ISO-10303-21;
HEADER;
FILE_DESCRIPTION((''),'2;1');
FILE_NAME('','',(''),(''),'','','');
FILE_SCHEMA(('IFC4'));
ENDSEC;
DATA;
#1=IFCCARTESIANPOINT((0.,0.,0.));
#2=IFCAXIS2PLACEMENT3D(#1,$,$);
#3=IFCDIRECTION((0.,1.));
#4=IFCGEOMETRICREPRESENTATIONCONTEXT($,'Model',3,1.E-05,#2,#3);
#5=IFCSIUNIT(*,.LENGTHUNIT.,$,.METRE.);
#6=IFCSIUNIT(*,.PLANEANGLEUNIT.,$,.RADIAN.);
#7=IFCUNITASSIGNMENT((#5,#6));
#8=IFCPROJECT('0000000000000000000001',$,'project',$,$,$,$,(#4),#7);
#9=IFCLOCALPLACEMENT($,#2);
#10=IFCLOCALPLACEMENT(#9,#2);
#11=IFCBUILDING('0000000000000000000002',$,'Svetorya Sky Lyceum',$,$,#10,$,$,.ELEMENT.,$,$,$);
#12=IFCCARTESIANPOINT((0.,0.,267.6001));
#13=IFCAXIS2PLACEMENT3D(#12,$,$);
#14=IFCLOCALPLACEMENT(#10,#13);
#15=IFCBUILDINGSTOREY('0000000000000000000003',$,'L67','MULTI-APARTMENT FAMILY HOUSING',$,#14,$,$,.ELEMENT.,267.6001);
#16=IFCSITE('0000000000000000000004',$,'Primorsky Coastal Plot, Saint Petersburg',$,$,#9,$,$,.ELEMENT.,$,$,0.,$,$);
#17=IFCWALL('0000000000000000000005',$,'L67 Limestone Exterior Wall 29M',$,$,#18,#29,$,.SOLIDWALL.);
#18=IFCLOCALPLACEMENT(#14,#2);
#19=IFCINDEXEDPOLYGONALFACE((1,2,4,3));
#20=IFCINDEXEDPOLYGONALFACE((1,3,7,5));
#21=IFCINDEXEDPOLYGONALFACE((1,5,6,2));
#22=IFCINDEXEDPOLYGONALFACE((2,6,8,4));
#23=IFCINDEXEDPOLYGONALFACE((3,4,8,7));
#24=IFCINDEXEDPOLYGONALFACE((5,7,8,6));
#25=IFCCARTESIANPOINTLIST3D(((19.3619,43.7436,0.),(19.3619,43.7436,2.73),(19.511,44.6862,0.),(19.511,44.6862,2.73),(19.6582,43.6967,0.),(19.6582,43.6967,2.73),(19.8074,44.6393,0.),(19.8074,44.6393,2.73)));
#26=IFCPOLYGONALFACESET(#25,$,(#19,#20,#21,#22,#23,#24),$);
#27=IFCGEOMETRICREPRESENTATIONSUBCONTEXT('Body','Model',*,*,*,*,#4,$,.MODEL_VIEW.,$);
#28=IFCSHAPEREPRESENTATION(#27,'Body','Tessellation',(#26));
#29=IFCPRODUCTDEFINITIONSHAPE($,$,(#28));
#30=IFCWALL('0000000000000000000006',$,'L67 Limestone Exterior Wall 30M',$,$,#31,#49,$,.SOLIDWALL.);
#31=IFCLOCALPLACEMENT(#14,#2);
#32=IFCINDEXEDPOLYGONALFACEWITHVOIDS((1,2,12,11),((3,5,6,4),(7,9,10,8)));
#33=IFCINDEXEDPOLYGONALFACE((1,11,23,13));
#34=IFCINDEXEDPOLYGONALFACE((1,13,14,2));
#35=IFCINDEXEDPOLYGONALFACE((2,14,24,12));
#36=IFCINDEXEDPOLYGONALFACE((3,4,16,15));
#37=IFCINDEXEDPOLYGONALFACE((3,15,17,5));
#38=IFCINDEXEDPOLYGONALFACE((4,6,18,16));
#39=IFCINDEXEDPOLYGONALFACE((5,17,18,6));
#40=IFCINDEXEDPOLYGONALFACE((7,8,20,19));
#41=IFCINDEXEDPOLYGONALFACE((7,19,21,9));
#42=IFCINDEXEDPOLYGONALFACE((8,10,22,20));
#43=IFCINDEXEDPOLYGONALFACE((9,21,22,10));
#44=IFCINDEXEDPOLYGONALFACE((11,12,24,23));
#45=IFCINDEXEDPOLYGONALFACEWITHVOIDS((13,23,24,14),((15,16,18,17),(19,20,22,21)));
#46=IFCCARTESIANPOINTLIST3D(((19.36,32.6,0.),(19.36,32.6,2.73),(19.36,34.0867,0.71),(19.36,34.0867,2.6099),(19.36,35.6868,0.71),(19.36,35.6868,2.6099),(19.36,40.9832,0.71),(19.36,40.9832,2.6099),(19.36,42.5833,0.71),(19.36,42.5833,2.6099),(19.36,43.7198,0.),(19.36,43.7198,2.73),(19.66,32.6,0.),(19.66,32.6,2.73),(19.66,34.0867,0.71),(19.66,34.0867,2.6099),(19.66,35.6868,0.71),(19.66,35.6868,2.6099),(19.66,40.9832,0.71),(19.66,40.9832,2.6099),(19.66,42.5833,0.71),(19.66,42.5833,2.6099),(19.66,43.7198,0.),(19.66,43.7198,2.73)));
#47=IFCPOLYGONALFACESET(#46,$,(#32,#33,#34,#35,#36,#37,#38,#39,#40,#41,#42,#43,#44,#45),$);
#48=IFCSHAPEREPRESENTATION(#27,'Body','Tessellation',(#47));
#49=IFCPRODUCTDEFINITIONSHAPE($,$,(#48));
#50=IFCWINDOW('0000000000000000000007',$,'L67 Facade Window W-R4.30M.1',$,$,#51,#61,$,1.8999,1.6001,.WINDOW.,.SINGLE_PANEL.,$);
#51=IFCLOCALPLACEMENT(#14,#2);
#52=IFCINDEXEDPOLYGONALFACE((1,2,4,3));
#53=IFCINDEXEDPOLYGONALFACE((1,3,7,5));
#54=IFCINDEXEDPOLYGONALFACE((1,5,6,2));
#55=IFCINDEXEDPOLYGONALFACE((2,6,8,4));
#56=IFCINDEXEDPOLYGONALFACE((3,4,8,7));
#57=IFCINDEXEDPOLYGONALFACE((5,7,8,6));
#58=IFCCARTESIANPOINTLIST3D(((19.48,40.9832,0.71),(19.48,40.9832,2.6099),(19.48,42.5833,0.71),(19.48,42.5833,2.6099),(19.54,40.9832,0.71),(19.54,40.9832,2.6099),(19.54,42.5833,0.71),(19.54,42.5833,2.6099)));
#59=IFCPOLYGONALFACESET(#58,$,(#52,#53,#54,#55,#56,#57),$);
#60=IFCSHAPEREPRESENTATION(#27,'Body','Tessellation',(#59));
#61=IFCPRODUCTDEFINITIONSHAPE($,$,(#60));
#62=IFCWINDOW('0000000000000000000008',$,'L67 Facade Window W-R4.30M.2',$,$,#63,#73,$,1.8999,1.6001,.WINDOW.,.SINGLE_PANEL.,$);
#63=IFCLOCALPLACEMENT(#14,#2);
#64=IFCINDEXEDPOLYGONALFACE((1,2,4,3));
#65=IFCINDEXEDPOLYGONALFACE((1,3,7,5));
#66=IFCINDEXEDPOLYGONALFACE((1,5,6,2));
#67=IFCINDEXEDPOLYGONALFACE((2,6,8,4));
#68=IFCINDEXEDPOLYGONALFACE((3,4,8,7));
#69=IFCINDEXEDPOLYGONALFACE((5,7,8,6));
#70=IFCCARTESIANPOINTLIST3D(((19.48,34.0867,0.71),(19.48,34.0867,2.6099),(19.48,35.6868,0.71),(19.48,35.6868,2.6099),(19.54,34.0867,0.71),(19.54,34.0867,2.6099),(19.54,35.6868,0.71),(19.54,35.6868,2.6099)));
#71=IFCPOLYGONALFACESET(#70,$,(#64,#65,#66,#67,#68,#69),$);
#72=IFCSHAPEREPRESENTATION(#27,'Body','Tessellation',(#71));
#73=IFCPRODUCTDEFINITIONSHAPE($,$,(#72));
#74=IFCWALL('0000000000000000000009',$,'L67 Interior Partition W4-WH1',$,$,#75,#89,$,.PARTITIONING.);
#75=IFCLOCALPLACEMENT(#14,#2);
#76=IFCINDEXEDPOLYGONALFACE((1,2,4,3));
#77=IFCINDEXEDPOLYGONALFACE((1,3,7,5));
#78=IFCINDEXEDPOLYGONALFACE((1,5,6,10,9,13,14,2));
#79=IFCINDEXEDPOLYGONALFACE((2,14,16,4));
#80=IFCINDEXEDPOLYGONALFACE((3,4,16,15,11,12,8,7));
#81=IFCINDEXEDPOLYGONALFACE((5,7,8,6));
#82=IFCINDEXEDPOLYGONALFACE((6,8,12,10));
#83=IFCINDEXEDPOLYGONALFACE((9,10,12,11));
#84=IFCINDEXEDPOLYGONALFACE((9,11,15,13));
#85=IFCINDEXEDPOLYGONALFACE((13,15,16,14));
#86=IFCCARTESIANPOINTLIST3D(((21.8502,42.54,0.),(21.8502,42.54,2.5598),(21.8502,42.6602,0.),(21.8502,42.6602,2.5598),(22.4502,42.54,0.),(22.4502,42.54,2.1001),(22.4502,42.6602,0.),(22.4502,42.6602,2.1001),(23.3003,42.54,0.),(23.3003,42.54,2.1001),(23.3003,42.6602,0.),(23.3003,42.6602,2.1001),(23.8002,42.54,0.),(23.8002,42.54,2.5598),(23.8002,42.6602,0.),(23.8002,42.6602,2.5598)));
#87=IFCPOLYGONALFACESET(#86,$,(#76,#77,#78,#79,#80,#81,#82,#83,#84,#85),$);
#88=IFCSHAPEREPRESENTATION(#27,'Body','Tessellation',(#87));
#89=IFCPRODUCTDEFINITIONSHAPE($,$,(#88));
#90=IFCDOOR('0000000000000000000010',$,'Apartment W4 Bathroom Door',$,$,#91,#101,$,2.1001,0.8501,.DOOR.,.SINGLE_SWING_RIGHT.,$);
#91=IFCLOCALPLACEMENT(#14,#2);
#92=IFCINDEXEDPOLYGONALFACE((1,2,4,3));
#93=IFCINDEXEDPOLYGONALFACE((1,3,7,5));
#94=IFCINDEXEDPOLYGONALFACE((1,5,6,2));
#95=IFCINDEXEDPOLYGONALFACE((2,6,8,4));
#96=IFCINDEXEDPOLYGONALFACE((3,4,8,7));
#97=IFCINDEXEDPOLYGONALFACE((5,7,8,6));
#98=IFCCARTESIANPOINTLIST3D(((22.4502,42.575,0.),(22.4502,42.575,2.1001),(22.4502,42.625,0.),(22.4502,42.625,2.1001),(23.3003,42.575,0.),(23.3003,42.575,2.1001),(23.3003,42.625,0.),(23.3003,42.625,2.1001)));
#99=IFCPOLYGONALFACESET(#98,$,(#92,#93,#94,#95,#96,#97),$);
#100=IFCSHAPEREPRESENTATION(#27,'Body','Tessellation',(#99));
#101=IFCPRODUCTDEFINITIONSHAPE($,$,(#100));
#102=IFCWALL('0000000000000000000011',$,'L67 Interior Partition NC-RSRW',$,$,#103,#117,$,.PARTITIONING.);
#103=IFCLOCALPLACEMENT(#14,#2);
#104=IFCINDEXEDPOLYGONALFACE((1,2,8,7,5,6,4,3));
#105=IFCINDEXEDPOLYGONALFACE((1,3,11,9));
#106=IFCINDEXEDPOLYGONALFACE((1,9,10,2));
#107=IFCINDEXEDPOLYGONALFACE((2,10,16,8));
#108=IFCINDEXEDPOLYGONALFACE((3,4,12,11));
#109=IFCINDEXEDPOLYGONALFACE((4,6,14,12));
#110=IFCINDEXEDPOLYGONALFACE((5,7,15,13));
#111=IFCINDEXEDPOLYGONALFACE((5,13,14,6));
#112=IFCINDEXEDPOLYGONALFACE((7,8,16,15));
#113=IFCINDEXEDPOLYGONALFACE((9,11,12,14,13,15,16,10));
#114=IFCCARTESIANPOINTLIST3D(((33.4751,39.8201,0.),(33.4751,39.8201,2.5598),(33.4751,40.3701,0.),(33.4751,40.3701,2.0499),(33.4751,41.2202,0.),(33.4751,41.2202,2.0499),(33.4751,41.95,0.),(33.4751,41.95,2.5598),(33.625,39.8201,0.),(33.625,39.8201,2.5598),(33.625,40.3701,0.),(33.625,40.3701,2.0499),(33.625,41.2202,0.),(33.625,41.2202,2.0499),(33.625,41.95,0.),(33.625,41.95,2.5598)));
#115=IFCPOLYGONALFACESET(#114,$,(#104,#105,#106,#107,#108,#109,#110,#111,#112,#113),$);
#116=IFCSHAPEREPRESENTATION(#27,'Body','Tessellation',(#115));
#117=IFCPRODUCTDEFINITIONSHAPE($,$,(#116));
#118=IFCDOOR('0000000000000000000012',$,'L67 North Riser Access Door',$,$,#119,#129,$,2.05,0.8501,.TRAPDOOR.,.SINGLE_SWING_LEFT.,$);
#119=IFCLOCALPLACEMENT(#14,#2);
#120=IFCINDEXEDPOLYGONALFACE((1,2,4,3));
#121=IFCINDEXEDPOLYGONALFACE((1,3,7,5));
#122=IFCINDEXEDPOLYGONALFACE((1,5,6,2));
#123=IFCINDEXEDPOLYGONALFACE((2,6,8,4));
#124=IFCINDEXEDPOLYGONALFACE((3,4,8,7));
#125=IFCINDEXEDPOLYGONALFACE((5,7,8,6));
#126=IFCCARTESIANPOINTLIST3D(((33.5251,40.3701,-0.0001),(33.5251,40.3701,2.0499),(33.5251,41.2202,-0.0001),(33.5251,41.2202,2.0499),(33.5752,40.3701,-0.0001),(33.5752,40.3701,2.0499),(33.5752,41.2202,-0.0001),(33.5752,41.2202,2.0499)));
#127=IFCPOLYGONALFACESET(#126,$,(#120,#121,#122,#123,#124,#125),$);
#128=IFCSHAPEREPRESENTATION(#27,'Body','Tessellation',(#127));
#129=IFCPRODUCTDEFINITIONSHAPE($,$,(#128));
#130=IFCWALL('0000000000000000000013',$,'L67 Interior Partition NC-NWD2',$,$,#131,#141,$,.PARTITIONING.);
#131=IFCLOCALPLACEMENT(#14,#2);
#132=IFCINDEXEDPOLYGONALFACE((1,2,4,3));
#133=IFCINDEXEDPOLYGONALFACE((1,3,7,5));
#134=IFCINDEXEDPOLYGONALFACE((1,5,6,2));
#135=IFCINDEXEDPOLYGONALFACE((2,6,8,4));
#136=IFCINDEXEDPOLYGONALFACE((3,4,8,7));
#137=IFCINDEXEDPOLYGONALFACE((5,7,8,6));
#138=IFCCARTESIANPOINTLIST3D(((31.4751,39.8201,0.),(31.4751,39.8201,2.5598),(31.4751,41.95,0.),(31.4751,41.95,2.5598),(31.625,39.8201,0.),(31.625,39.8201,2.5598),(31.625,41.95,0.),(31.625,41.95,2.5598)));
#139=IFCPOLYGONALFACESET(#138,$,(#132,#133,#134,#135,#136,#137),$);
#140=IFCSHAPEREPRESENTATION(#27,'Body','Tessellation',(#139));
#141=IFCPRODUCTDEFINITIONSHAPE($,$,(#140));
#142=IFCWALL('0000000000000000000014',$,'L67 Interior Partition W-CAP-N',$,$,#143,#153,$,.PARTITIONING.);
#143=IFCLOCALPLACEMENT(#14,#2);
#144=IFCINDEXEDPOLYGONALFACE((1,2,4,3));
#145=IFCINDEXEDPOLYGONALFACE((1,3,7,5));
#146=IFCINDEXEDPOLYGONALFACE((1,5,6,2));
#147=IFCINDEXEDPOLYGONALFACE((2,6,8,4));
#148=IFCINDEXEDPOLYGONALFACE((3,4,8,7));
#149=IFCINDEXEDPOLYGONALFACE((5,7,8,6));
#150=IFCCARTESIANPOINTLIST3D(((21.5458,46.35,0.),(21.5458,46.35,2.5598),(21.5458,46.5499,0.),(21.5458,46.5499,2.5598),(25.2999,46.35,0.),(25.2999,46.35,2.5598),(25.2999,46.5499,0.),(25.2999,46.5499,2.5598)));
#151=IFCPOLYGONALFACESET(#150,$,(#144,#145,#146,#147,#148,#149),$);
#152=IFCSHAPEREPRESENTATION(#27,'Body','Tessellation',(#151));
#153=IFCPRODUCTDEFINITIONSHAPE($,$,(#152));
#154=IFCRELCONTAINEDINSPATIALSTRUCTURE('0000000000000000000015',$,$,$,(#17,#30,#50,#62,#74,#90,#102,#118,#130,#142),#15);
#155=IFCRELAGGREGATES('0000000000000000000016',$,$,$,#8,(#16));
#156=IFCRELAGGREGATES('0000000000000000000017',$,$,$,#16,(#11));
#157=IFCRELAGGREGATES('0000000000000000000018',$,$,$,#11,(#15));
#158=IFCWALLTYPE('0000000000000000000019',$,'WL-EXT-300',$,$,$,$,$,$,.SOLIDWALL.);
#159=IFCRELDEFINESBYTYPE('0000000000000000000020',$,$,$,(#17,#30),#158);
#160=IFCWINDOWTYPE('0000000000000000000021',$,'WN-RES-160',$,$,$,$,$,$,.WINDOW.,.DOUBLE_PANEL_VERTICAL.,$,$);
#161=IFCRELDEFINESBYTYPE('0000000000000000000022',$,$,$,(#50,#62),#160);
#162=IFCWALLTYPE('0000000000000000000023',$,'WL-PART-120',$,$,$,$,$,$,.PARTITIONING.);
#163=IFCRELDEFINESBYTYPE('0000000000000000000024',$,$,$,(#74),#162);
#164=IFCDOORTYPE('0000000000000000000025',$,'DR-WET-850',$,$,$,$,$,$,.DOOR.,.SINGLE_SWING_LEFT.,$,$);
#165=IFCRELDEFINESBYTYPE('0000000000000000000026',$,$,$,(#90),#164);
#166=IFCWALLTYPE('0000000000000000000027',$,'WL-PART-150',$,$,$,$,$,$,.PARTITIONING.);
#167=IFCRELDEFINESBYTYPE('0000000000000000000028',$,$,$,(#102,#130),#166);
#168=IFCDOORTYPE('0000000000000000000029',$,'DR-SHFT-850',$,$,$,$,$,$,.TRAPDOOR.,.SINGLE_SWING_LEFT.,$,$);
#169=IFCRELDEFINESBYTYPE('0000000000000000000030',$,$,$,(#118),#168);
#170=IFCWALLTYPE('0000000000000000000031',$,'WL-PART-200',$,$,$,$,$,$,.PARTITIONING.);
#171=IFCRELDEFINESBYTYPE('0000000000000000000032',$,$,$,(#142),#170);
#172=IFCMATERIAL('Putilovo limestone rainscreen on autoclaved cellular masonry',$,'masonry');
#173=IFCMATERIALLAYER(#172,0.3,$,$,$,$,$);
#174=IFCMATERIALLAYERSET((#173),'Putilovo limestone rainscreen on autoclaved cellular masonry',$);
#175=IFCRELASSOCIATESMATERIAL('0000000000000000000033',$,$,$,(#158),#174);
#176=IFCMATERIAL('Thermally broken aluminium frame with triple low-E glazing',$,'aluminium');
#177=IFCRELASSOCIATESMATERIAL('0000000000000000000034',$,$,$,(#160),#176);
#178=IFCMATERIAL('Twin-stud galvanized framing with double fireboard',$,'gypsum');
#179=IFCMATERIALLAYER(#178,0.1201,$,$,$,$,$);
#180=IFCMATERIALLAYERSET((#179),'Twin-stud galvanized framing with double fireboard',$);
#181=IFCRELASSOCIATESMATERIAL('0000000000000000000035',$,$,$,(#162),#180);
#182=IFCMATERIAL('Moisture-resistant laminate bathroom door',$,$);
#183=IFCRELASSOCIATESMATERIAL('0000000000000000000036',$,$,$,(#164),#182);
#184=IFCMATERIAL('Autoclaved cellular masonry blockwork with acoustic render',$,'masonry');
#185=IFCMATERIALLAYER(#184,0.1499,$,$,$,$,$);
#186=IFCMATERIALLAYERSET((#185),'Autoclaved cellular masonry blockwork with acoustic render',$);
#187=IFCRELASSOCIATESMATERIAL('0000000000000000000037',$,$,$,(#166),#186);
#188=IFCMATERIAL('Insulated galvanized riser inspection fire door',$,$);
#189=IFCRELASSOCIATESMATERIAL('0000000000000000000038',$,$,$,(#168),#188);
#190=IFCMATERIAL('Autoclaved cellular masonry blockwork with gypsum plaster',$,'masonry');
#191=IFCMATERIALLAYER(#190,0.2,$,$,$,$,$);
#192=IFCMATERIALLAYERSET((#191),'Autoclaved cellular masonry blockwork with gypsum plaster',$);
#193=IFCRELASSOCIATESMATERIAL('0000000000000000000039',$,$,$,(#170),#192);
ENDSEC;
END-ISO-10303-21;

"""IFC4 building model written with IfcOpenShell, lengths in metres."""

from ifc_helpers import new_model, si_unit, direction, frame, frame_2d, origin, place, context, subcontext, project, spatial, rectangle, extrude, material, layer, layer_set, type_object, element, fill, save


model = new_model("IFC4")

# Units and contexts
model_context = context("Model", 3, precision=1e-05, world=origin(), true_north=direction((0.0, 1.0)))
body_context = subcontext(model_context, "Body", "Model", "MODEL_VIEW")
ifc_project = project(units=[si_unit("LENGTHUNIT", "METRE"), si_unit("PLANEANGLEUNIT", "RADIAN")], contexts=[model_context])

# Site, building, storey
site_placement = place(None, origin())
site = spatial("IfcSite", under=ifc_project, at=site_placement, Name="Primorsky Coastal Plot, Saint Petersburg", CompositionType="ELEMENT", RefElevation=0.0)
building_placement = place(site_placement, origin())
building = spatial("IfcBuilding", under=site, at=building_placement, Name="Svetorya Sky Lyceum", CompositionType="ELEMENT")
storey_placement = place(building_placement, frame((0.0, 0.0, 267.6001)))
storey = spatial("IfcBuildingStorey", under=building, at=storey_placement, Name="L67", Description="MULTI-APARTMENT FAMILY HOUSING", CompositionType="ELEMENT", Elevation=267.6001)

# Wall
ifc_material_1 = material(Name="Putilovo limestone rainscreen on autoclaved cellular masonry", Category="masonry")
ifc_layer_1 = layer(ifc_material_1, 0.3)
ifc_layer_set_1 = layer_set([ifc_layer_1], Name="Putilovo limestone rainscreen on autoclaved cellular masonry")
wall_type_1 = type_object("IfcWallType", Name="WL-EXT-300", PredefinedType="SOLIDWALL", material=ifc_layer_set_1)
wall_1_placement = place(storey_placement, frame((19.6592, 44.6626, 0.0), z_axis=(0.0, 0.0, 1.0), x_axis=(-0.156304, -0.987709, 0.0)))
element("IfcWall", 1, at=wall_1_placement, inside=storey, type_object=wall_type_1, Name="L67 Limestone Exterior Wall 29M", PredefinedType="SOLIDWALL", context=body_context, shape_type="SweptSolid", body=[
    extrude(rectangle(XDim=0.9543, YDim=0.3, at=frame_2d((0.4771, 0.0))), origin(), (0.0, 0.0, 1.0), 2.73),
])

# Wall, openings, windows
wall_2_placement = place(storey_placement, frame((19.51, 43.72, 0.0), z_axis=(0.0, 0.0, 1.0), x_axis=(0.0, -1.0, 0.0)))
wall_2 = element("IfcWall", 2, at=wall_2_placement, inside=storey, type_object=wall_type_1, Name="L67 Limestone Exterior Wall 30M", PredefinedType="SOLIDWALL", context=body_context, shape_type="SweptSolid", body=[
    extrude(rectangle(XDim=11.1199, YDim=0.3, at=frame_2d((5.5601, 0.0))), origin(), (0.0, 0.0, 1.0), 2.73),
])
opening_1_placement = place(wall_2_placement, frame((1.1367, 0.0, 0.71)))
opening_1 = element("IfcOpeningElement", 3, at=opening_1_placement, cuts=wall_2, PredefinedType="OPENING", context=body_context, shape_type="SweptSolid", body=[
    extrude(rectangle(XDim=1.6001, YDim=1.8999, at=frame_2d((0.8, 0.95))), frame((0.0, 0.1599, 0.0), z_axis=(0.0, -1.0, 0.0), x_axis=(1.0, 0.0, 0.0)), (0.0, 0.0, 1.0), 0.3201),
])
opening_2_placement = place(wall_2_placement, frame((8.0332, 0.0, 0.71)))
opening_2 = element("IfcOpeningElement", 4, at=opening_2_placement, cuts=wall_2, PredefinedType="OPENING", context=body_context, shape_type="SweptSolid", body=[
    extrude(rectangle(XDim=1.6001, YDim=1.8999, at=frame_2d((0.8, 0.95))), frame((0.0, 0.1599, 0.0), z_axis=(0.0, -1.0, 0.0), x_axis=(1.0, 0.0, 0.0)), (0.0, 0.0, 1.0), 0.3201),
])
ifc_material_2 = material(Name="Thermally broken aluminium frame with triple low-E glazing", Category="aluminium")
window_type = type_object("IfcWindowType", Name="WN-RES-160", PartitioningType="DOUBLE_PANEL_VERTICAL", PredefinedType="WINDOW", material=ifc_material_2)
window_1_placement = place(opening_1_placement, origin())
window_1 = element("IfcWindow", 5, at=window_1_placement, inside=storey, type_object=window_type, Name="L67 Facade Window W-R4.30M.1", OverallHeight=1.8999, OverallWidth=1.6001, PartitioningType="SINGLE_PANEL", PredefinedType="WINDOW", context=body_context, shape_type="SweptSolid", body=[
    extrude(rectangle(XDim=1.6001, YDim=1.8999, at=frame_2d((0.8, 0.95))), frame((0.0, 0.03, 0.0), z_axis=(0.0, -1.0, 0.0), x_axis=(1.0, 0.0, 0.0)), (0.0, 0.0, 1.0), 0.0601),
])
fill(opening_1, window_1)
window_2_placement = place(opening_2_placement, origin())
window_2 = element("IfcWindow", 6, at=window_2_placement, inside=storey, type_object=window_type, Name="L67 Facade Window W-R4.30M.2", OverallHeight=1.8999, OverallWidth=1.6001, PartitioningType="SINGLE_PANEL", PredefinedType="WINDOW", context=body_context, shape_type="SweptSolid", body=[
    extrude(rectangle(XDim=1.6001, YDim=1.8999, at=frame_2d((0.8, 0.95))), frame((0.0, 0.03, 0.0), z_axis=(0.0, -1.0, 0.0), x_axis=(1.0, 0.0, 0.0)), (0.0, 0.0, 1.0), 0.0601),
])
fill(opening_2, window_2)

# Walls, openings, doors
ifc_material_3 = material(Name="Twin-stud galvanized framing with double fireboard", Category="gypsum")
ifc_layer_2 = layer(ifc_material_3, 0.1201)
ifc_layer_set_2 = layer_set([ifc_layer_2], Name="Twin-stud galvanized framing with double fireboard")
wall_type_2 = type_object("IfcWallType", Name="WL-PART-120", PredefinedType="PARTITIONING", material=ifc_layer_set_2)
wall_3_placement = place(storey_placement, frame((21.8501, 42.6001, 0.0), z_axis=(0.0, 0.0, 1.0), x_axis=(1.0, 0.0, 0.0)))
wall_3 = element("IfcWall", 7, at=wall_3_placement, inside=storey, type_object=wall_type_2, Name="L67 Interior Partition W4-WH1", PredefinedType="PARTITIONING", context=body_context, shape_type="SweptSolid", body=[
    extrude(rectangle(XDim=1.95, YDim=0.1201, at=frame_2d((0.9751, 0.0))), origin(), (0.0, 0.0, 1.0), 2.5598),
])
opening_3_placement = place(wall_3_placement, frame((0.6001, 0.0, 0.0)))
opening_3 = element("IfcOpeningElement", 8, at=opening_3_placement, cuts=wall_3, PredefinedType="OPENING", context=body_context, shape_type="SweptSolid", body=[
    extrude(rectangle(XDim=0.8501, YDim=2.1001, at=frame_2d((0.425, 1.05))), frame((0.0, 0.0701, 0.0), z_axis=(0.0, -1.0, 0.0), x_axis=(1.0, 0.0, 0.0)), (0.0, 0.0, 1.0), 0.1401),
])
ifc_material_4 = material(Name="Moisture-resistant laminate bathroom door")
door_type_1 = type_object("IfcDoorType", Name="DR-WET-850", OperationType="SINGLE_SWING_LEFT", PredefinedType="DOOR", material=ifc_material_4)
door_1_placement = place(opening_3_placement, origin())
door_1 = element("IfcDoor", 9, at=door_1_placement, inside=storey, type_object=door_type_1, Name="Apartment W4 Bathroom Door", OperationType="SINGLE_SWING_RIGHT", OverallHeight=2.1001, OverallWidth=0.8501, PredefinedType="DOOR", context=body_context, shape_type="SweptSolid", body=[
    extrude(rectangle(XDim=0.8501, YDim=2.1001, at=frame_2d((0.425, 1.05))), frame((0.0, 0.0249, 0.0), z_axis=(0.0, -1.0, 0.0), x_axis=(1.0, 0.0, 0.0)), (0.0, 0.0, 1.0), 0.05),
])
fill(opening_3, door_1)
ifc_material_5 = material(Name="Autoclaved cellular masonry blockwork with acoustic render", Category="masonry")
ifc_layer_3 = layer(ifc_material_5, 0.1499)
ifc_layer_set_3 = layer_set([ifc_layer_3], Name="Autoclaved cellular masonry blockwork with acoustic render")
wall_type_3 = type_object("IfcWallType", Name="WL-PART-150", PredefinedType="PARTITIONING", material=ifc_layer_set_3)
wall_4_placement = place(storey_placement, frame((33.55, 39.8201, 0.0), z_axis=(0.0, 0.0, 1.0), x_axis=(0.0, 1.0, 0.0)))
wall_4 = element("IfcWall", 10, at=wall_4_placement, inside=storey, type_object=wall_type_3, Name="L67 Interior Partition NC-RSRW", PredefinedType="PARTITIONING", context=body_context, shape_type="SweptSolid", body=[
    extrude(rectangle(XDim=2.1299, YDim=0.1499, at=frame_2d((1.0649, 0.0))), origin(), (0.0, 0.0, 1.0), 2.5598),
])
opening_4_placement = place(wall_4_placement, frame((0.55, 0.0, 0.0)))
opening_4 = element("IfcOpeningElement", 11, at=opening_4_placement, cuts=wall_4, PredefinedType="OPENING", context=body_context, shape_type="SweptSolid", body=[
    extrude(rectangle(XDim=0.8501, YDim=2.05, at=frame_2d((0.425, 1.0249))), frame((0.0, 0.085, 0.0), z_axis=(0.0, -1.0, 0.0), x_axis=(1.0, 0.0, 0.0)), (0.0, 0.0, 1.0), 0.1699),
])
ifc_material_6 = material(Name="Insulated galvanized riser inspection fire door")
door_type_2 = type_object("IfcDoorType", Name="DR-SHFT-850", OperationType="SINGLE_SWING_LEFT", PredefinedType="TRAPDOOR", material=ifc_material_6)
door_2_placement = place(opening_4_placement, origin())
door_2 = element("IfcDoor", 12, at=door_2_placement, inside=storey, type_object=door_type_2, Name="L67 North Riser Access Door", OperationType="SINGLE_SWING_LEFT", OverallHeight=2.05, OverallWidth=0.8501, PredefinedType="TRAPDOOR", context=body_context, shape_type="SweptSolid", body=[
    extrude(rectangle(XDim=0.8501, YDim=2.05, at=frame_2d((0.425, 1.0249))), frame((0.0, 0.0249, 0.0), z_axis=(0.0, -1.0, 0.0), x_axis=(1.0, 0.0, 0.0)), (0.0, 0.0, 1.0), 0.05),
])
fill(opening_4, door_2)

# Walls
wall_5_placement = place(storey_placement, frame((31.55, 39.8201, 0.0), z_axis=(0.0, 0.0, 1.0), x_axis=(0.0, 1.0, 0.0)))
element("IfcWall", 13, at=wall_5_placement, inside=storey, type_object=wall_type_3, Name="L67 Interior Partition NC-NWD2", PredefinedType="PARTITIONING", context=body_context, shape_type="SweptSolid", body=[
    extrude(rectangle(XDim=2.1299, YDim=0.1499, at=frame_2d((1.0649, 0.0))), origin(), (0.0, 0.0, 1.0), 2.5598),
])
ifc_material_7 = material(Name="Autoclaved cellular masonry blockwork with gypsum plaster", Category="masonry")
ifc_layer_4 = layer(ifc_material_7, 0.2)
ifc_layer_set_4 = layer_set([ifc_layer_4], Name="Autoclaved cellular masonry blockwork with gypsum plaster")
wall_type_4 = type_object("IfcWallType", Name="WL-PART-200", PredefinedType="PARTITIONING", material=ifc_layer_set_4)
wall_6_placement = place(storey_placement, frame((21.5459, 46.45, 0.0), z_axis=(0.0, 0.0, 1.0), x_axis=(1.0, 0.0, 0.0)))
element("IfcWall", 14, at=wall_6_placement, inside=storey, type_object=wall_type_4, Name="L67 Interior Partition W-CAP-N", PredefinedType="PARTITIONING", context=body_context, shape_type="SweptSolid", body=[
    extrude(rectangle(XDim=3.7542, YDim=0.2, at=frame_2d((1.877, 0.0))), origin(), (0.0, 0.0, 1.0), 2.5598),
])

save(model, "model.ifc")
